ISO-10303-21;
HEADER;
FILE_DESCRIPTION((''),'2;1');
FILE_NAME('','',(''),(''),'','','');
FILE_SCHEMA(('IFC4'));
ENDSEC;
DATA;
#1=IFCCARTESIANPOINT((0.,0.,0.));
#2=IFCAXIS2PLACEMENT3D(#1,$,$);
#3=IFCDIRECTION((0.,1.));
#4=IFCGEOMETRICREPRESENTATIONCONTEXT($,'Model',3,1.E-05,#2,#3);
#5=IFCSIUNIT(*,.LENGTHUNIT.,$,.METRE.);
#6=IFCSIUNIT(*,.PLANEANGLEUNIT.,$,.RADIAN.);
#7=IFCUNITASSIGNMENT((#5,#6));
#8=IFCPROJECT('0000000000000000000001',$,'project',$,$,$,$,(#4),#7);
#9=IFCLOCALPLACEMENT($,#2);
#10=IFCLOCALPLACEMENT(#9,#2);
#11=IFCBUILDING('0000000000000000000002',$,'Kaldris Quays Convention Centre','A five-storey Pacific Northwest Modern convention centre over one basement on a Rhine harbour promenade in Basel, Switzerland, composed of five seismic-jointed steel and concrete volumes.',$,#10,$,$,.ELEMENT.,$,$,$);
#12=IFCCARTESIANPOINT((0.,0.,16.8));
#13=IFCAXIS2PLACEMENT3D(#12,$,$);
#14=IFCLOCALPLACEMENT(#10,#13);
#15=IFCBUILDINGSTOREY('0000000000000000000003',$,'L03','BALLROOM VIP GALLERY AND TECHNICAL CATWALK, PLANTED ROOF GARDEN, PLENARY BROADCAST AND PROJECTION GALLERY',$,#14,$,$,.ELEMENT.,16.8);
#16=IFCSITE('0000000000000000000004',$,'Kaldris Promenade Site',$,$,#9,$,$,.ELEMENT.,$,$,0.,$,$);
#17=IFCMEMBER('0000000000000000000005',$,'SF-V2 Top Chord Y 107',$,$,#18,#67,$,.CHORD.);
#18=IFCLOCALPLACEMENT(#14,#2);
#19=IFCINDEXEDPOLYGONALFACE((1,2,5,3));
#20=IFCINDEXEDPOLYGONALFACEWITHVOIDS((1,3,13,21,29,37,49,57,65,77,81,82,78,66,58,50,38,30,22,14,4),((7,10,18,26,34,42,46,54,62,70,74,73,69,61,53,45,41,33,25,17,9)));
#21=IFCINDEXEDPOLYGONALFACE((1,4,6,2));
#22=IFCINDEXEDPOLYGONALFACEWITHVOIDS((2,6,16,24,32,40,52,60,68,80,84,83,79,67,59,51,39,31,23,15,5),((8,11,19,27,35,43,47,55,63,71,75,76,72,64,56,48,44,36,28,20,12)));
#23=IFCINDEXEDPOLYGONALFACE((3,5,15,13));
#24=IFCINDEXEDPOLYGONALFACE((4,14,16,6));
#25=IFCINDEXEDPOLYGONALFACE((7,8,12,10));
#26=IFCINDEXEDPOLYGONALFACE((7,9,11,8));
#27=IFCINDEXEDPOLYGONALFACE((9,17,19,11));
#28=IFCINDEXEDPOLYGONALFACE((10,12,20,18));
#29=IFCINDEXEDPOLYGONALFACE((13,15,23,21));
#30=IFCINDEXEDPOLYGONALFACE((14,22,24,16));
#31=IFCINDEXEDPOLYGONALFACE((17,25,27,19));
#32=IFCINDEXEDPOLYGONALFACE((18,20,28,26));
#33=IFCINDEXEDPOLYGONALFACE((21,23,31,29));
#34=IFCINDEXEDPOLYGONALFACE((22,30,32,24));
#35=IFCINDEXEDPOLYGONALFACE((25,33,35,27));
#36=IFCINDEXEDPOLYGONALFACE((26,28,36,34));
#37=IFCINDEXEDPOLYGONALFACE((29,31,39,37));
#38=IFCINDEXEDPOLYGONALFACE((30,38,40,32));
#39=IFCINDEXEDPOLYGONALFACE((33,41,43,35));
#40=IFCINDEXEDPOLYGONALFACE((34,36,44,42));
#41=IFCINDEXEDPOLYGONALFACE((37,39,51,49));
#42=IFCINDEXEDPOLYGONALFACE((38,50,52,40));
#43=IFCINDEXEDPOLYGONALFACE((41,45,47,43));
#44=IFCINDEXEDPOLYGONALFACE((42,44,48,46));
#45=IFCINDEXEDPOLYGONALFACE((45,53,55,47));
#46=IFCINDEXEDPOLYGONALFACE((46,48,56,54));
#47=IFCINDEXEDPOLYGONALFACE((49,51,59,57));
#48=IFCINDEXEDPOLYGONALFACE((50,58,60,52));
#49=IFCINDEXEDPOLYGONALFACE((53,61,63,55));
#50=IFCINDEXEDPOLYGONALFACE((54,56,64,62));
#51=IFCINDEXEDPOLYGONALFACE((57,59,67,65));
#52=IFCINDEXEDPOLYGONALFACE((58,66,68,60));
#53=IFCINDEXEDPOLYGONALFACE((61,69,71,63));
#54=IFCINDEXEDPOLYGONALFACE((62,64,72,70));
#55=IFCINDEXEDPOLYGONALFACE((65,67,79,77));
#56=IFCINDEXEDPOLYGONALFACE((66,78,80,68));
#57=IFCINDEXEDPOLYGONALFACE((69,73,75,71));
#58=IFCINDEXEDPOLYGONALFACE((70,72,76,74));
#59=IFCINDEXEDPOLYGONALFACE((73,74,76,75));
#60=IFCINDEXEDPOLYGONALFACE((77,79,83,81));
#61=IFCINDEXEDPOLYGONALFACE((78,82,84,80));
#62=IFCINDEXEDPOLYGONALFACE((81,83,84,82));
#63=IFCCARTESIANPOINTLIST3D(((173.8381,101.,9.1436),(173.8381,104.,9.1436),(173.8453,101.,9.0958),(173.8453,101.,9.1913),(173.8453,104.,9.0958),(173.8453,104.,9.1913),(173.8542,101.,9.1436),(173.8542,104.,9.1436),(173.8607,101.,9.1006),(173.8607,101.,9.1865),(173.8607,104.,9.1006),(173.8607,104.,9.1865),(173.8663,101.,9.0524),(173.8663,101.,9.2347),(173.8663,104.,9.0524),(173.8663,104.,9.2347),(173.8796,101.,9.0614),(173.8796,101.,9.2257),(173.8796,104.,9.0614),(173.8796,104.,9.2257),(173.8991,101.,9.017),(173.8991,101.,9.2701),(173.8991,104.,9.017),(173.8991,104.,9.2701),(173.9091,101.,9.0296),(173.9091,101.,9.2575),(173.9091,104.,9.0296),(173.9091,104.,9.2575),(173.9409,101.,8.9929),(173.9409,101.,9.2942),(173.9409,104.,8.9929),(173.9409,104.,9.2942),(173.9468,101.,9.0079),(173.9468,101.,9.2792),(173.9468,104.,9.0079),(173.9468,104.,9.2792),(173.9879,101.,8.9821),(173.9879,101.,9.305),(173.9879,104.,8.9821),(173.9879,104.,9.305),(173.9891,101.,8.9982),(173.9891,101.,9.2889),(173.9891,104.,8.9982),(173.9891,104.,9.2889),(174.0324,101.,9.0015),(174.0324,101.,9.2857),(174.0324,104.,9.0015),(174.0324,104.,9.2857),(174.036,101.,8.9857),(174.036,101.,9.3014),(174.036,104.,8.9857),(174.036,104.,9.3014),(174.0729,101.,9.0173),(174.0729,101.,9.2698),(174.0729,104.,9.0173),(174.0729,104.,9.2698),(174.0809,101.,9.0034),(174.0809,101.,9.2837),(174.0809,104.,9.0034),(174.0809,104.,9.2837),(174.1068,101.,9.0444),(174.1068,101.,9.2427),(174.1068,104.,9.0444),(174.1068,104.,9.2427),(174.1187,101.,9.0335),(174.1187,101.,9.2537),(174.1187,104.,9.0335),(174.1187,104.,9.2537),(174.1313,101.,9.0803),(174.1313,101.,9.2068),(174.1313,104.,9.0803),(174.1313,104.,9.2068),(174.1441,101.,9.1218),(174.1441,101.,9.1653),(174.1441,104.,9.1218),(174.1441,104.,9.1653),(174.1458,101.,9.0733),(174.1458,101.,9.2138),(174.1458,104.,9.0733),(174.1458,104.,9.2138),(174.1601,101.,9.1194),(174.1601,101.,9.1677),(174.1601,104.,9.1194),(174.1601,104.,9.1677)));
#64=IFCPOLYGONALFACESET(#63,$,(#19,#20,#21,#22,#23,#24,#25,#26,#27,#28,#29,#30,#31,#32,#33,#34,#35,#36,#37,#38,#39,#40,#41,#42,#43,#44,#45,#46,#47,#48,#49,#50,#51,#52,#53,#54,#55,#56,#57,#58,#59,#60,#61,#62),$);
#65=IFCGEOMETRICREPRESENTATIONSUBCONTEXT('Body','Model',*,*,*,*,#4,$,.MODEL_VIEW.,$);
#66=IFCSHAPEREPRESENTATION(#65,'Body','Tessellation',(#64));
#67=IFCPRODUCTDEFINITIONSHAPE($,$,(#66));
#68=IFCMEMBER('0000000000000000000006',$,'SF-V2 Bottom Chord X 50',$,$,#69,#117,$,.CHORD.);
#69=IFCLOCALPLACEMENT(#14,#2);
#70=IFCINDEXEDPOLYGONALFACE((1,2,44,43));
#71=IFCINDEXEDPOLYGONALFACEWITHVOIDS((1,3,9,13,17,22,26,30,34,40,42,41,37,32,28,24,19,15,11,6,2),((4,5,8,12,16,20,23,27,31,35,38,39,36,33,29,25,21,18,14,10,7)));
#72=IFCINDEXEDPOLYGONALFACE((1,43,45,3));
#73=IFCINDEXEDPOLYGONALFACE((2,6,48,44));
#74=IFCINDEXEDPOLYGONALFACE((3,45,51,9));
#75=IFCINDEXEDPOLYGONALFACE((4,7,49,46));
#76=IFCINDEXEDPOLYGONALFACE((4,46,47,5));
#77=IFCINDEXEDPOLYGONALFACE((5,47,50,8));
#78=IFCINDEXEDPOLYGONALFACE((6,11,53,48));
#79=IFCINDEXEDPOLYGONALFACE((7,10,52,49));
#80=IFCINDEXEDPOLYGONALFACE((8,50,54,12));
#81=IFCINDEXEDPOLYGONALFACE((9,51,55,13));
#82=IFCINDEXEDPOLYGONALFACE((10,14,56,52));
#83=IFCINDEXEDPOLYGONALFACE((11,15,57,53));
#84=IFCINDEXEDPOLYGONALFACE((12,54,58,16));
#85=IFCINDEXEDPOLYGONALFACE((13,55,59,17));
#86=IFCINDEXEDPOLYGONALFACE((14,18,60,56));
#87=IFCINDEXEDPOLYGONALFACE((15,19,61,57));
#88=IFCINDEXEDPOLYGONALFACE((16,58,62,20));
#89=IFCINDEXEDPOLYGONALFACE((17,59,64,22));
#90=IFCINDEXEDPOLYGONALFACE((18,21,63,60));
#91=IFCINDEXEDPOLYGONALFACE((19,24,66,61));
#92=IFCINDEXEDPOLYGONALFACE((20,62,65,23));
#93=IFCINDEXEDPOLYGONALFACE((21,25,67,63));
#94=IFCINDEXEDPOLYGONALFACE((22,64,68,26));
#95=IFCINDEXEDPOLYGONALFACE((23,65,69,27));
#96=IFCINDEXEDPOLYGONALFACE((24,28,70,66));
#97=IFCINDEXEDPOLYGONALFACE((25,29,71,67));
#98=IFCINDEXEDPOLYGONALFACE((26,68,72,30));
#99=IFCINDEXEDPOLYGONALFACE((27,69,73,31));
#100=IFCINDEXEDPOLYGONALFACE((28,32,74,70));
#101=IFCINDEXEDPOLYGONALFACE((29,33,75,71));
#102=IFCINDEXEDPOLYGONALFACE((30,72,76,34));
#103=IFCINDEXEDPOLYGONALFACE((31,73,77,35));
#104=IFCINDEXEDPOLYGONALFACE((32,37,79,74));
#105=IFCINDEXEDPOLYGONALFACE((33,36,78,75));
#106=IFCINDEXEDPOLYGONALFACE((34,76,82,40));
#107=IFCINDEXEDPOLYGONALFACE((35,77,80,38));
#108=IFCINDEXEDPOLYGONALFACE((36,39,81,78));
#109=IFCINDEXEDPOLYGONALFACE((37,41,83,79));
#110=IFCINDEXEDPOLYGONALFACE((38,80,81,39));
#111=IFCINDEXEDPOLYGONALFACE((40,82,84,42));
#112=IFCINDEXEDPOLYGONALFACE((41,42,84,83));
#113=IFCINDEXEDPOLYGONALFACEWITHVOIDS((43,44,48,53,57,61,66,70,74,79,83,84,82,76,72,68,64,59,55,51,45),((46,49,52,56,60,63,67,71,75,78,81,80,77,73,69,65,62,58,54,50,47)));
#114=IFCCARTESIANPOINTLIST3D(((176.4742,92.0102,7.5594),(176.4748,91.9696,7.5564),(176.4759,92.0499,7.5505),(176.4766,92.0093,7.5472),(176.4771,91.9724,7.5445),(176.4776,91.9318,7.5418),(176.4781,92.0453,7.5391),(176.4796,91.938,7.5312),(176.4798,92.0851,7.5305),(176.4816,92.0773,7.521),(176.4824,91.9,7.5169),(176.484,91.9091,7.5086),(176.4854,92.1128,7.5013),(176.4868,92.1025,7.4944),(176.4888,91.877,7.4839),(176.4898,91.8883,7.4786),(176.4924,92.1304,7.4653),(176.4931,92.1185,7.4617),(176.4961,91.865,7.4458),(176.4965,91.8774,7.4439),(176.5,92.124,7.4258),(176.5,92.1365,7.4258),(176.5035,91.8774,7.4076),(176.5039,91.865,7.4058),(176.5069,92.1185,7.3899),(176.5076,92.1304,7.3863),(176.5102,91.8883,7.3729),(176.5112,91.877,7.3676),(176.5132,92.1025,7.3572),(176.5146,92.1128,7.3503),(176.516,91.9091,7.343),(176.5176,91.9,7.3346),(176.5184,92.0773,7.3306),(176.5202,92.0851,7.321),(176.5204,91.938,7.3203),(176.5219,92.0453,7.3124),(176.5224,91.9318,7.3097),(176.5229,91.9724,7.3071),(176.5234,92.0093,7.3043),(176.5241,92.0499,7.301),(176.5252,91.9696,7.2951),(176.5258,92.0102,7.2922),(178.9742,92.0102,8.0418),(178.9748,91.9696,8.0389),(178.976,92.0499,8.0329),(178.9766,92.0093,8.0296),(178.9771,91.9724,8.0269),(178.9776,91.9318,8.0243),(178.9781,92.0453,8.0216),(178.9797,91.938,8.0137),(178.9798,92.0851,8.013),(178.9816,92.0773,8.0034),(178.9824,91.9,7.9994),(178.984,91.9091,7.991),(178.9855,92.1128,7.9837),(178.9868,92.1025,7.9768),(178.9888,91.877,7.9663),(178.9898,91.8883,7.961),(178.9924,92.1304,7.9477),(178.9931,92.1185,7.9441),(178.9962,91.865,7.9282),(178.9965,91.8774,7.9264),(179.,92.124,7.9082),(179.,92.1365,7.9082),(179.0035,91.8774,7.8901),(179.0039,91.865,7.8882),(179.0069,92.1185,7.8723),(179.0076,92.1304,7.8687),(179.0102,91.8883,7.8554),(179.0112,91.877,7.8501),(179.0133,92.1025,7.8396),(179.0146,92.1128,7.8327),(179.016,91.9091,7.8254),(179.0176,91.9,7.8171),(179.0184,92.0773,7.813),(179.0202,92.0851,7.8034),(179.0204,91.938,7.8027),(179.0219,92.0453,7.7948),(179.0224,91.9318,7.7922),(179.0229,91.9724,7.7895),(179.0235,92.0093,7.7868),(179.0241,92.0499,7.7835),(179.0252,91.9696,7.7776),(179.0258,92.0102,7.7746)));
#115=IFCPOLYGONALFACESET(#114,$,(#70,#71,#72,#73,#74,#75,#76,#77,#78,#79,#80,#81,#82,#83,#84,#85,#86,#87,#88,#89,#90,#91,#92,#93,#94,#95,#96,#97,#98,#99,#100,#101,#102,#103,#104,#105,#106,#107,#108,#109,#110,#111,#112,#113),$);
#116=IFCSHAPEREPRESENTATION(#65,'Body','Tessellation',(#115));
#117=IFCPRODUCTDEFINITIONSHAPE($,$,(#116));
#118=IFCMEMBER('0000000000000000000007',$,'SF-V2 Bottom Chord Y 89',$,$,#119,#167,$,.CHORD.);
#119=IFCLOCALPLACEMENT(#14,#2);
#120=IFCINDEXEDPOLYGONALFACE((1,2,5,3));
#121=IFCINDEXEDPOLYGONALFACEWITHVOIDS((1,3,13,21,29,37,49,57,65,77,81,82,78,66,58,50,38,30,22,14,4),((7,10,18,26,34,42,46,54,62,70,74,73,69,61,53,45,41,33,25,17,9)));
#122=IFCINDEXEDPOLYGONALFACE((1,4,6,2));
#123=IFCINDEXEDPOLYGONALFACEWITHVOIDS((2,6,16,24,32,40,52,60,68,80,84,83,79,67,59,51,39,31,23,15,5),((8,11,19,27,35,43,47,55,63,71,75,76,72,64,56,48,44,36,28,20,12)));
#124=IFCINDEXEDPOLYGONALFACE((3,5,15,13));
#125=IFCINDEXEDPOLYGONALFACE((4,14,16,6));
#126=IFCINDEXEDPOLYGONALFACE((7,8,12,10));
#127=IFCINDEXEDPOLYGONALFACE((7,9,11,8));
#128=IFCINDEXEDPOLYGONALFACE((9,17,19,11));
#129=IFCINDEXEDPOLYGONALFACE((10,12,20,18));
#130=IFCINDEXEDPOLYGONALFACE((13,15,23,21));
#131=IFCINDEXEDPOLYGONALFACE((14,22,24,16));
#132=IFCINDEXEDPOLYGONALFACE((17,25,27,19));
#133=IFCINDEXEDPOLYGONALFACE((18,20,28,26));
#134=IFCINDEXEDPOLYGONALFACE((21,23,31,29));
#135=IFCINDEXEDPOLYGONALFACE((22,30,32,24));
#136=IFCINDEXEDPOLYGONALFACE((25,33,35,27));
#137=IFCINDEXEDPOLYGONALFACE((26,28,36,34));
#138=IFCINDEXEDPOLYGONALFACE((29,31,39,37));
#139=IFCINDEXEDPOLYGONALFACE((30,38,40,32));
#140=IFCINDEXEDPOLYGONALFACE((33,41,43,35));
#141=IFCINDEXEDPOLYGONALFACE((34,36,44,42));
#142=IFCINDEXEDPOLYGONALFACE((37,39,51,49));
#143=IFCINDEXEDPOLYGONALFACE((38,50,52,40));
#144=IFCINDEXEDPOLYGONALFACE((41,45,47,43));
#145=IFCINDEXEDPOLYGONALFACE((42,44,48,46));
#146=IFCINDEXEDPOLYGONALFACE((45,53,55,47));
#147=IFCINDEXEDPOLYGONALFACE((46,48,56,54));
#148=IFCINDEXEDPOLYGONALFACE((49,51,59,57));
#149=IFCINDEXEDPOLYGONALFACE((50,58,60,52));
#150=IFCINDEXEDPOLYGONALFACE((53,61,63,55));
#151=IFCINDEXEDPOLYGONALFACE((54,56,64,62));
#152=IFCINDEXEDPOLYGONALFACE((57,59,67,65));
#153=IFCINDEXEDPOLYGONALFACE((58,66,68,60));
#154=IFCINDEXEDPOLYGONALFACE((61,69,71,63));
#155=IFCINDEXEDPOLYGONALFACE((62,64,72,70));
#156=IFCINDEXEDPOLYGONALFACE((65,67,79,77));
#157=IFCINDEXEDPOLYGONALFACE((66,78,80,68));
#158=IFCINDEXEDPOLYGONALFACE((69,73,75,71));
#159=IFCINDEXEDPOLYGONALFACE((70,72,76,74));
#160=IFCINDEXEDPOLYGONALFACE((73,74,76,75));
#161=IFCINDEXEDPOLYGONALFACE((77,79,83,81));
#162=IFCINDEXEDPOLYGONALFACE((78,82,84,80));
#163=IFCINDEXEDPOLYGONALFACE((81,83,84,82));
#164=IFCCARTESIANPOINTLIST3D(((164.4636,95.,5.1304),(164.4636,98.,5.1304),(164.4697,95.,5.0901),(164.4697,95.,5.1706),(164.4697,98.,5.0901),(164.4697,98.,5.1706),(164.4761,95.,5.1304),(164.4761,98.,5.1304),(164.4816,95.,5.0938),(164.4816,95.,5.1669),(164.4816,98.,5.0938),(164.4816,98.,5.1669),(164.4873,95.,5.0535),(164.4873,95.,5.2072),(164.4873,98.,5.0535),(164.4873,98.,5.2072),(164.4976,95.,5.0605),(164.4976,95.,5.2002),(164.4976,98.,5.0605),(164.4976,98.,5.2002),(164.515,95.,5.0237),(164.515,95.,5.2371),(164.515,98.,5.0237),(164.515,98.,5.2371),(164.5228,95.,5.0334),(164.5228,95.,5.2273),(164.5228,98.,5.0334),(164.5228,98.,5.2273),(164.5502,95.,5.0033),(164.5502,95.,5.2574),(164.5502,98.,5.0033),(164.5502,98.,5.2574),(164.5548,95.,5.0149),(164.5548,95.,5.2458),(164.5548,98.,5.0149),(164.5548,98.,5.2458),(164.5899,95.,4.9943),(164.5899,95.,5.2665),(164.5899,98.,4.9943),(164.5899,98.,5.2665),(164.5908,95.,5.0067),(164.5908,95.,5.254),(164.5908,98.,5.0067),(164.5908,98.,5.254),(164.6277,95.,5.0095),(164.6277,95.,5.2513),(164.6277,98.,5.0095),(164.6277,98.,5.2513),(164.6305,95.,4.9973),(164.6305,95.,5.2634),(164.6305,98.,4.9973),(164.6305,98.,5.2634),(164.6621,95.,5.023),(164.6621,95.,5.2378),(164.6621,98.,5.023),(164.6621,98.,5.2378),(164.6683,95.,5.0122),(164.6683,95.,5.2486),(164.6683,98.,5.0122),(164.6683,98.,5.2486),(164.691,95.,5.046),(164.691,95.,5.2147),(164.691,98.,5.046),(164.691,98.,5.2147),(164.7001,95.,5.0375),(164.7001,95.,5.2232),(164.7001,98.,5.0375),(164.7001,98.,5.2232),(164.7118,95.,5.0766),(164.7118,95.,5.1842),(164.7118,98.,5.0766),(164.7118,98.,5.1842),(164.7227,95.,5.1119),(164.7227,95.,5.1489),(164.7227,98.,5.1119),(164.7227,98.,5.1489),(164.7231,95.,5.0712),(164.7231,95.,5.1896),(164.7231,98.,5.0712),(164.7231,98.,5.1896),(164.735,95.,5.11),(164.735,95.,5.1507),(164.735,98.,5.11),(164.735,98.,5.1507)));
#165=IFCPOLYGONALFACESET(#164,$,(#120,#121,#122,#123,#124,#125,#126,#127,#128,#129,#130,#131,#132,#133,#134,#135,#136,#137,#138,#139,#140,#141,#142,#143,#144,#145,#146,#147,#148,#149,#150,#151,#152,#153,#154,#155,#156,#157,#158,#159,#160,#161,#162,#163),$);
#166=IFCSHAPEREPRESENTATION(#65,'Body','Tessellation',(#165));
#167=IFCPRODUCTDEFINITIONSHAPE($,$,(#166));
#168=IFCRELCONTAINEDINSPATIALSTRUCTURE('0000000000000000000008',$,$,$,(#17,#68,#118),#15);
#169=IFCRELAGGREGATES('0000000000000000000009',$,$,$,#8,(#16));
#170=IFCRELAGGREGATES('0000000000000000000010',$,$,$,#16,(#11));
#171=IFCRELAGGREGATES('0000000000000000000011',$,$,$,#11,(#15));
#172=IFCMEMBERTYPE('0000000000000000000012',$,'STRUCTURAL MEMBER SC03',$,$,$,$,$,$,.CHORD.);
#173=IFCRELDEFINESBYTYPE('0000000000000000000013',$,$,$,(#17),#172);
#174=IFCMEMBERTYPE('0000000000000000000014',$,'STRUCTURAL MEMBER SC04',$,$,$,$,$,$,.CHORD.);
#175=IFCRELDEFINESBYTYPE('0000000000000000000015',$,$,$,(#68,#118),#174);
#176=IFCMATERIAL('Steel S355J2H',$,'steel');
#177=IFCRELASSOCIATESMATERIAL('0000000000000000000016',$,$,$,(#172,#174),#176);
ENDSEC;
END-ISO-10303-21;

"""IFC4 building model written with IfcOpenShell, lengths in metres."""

from ifc_helpers import new_model, si_unit, direction, frame, origin, origin_2d, place, context, subcontext, project, spatial, hollow_circle, extrude, material, material_profile, profile_set, type_object, element, save


model = new_model("IFC4")

# Units and contexts
model_context = context("Model", 3, precision=1e-05, world=origin(), true_north=direction((0.0, 1.0)))
body_context = subcontext(model_context, "Body", "Model", "MODEL_VIEW")
ifc_project = project(units=[si_unit("LENGTHUNIT", "METRE"), si_unit("PLANEANGLEUNIT", "RADIAN")], contexts=[model_context])

# Site, building, storey
site_placement = place(None, origin())
site = spatial("IfcSite", under=ifc_project, at=site_placement, Name="Kaldris Promenade Site", CompositionType="ELEMENT", RefElevation=0.0)
building_placement = place(site_placement, origin())
building = spatial("IfcBuilding", under=site, at=building_placement, Name="Kaldris Quays Convention Centre", Description="A five-storey Pacific Northwest Modern convention centre over one basement on a Rhine harbour promenade in Basel, Switzerland, composed of five seismic-jointed steel and concrete volumes.", CompositionType="ELEMENT")
storey_placement = place(building_placement, frame((0.0, 0.0, 16.8)))
storey = spatial("IfcBuildingStorey", under=building, at=storey_placement, Name="L03", Description="BALLROOM VIP GALLERY AND TECHNICAL CATWALK, PLANTED ROOF GARDEN, PLENARY BROADCAST AND PROJECTION GALLERY", CompositionType="ELEMENT", Elevation=16.8)

# Members
ifc_material_1 = material(Name="Steel S355J2H", Category="steel")
ifc_material_profile_1 = material_profile(ifc_material_1, hollow_circle(Radius=0.1619, WallThickness=0.0161, at=origin_2d()), Name="CHS 323.9x16")
ifc_profile_set_1 = profile_set([ifc_material_profile_1], Name="Steel S355J2H")
member_type_1 = type_object("IfcMemberType", Name="STRUCTURAL MEMBER SC03", PredefinedType="CHORD", material=ifc_profile_set_1)
for number, where, z_axis, x_axis, name in (
    (1, (174.0, 101.0, 9.1436), (0.0, 1.0, 0.0), (-1.0, 0.0, 0.0), "SF-V2 Top Chord Y 107"),
):
    element("IfcMember", number, at=place(storey_placement, frame(where, z_axis=z_axis, x_axis=x_axis)), inside=storey, type_object=member_type_1, Name=name, PredefinedType="CHORD", context=body_context, shape_type="SweptSolid", body=[
        extrude(hollow_circle(Radius=0.1619, WallThickness=0.0161, at=origin_2d()), origin(), (0.0, 0.0, 1.0), 3.0),
    ])
ifc_material_profile_2 = material_profile(ifc_material_1, hollow_circle(Radius=0.1365, WallThickness=0.0125, at=origin_2d()), Name="CHS 273x12.5")
ifc_profile_set_2 = profile_set([ifc_material_profile_2], Name="Steel S355J2H")
member_type_2 = type_object("IfcMemberType", Name="STRUCTURAL MEMBER SC04", PredefinedType="CHORD", material=ifc_profile_set_2)
member_1_placement = place(storey_placement, frame((176.5, 92.0, 7.4258), z_axis=(0.981886, 0.0, 0.189473), x_axis=(0.0, 1.0, 0.0)))
element("IfcMember", 2, at=member_1_placement, inside=storey, type_object=member_type_2, Name="SF-V2 Bottom Chord X 50", PredefinedType="CHORD", context=body_context, shape_type="SweptSolid", body=[
    extrude(hollow_circle(Radius=0.1365, WallThickness=0.0125, at=origin_2d()), origin(), (0.0, 0.0, 1.0), 2.5461),
])
for number, where, z_axis, x_axis, name in (
    (3, (164.6001, 95.0, 5.1304), (0.0, 1.0, 0.0), (-1.0, 0.0, 0.0), "SF-V2 Bottom Chord Y 89"),
):
    element("IfcMember", number, at=place(storey_placement, frame(where, z_axis=z_axis, x_axis=x_axis)), inside=storey, type_object=member_type_2, Name=name, PredefinedType="CHORD", context=body_context, shape_type="SweptSolid", body=[
        extrude(hollow_circle(Radius=0.1365, WallThickness=0.0125, at=origin_2d()), origin(), (0.0, 0.0, 1.0), 3.0),
    ])

save(model, "model.ifc")
